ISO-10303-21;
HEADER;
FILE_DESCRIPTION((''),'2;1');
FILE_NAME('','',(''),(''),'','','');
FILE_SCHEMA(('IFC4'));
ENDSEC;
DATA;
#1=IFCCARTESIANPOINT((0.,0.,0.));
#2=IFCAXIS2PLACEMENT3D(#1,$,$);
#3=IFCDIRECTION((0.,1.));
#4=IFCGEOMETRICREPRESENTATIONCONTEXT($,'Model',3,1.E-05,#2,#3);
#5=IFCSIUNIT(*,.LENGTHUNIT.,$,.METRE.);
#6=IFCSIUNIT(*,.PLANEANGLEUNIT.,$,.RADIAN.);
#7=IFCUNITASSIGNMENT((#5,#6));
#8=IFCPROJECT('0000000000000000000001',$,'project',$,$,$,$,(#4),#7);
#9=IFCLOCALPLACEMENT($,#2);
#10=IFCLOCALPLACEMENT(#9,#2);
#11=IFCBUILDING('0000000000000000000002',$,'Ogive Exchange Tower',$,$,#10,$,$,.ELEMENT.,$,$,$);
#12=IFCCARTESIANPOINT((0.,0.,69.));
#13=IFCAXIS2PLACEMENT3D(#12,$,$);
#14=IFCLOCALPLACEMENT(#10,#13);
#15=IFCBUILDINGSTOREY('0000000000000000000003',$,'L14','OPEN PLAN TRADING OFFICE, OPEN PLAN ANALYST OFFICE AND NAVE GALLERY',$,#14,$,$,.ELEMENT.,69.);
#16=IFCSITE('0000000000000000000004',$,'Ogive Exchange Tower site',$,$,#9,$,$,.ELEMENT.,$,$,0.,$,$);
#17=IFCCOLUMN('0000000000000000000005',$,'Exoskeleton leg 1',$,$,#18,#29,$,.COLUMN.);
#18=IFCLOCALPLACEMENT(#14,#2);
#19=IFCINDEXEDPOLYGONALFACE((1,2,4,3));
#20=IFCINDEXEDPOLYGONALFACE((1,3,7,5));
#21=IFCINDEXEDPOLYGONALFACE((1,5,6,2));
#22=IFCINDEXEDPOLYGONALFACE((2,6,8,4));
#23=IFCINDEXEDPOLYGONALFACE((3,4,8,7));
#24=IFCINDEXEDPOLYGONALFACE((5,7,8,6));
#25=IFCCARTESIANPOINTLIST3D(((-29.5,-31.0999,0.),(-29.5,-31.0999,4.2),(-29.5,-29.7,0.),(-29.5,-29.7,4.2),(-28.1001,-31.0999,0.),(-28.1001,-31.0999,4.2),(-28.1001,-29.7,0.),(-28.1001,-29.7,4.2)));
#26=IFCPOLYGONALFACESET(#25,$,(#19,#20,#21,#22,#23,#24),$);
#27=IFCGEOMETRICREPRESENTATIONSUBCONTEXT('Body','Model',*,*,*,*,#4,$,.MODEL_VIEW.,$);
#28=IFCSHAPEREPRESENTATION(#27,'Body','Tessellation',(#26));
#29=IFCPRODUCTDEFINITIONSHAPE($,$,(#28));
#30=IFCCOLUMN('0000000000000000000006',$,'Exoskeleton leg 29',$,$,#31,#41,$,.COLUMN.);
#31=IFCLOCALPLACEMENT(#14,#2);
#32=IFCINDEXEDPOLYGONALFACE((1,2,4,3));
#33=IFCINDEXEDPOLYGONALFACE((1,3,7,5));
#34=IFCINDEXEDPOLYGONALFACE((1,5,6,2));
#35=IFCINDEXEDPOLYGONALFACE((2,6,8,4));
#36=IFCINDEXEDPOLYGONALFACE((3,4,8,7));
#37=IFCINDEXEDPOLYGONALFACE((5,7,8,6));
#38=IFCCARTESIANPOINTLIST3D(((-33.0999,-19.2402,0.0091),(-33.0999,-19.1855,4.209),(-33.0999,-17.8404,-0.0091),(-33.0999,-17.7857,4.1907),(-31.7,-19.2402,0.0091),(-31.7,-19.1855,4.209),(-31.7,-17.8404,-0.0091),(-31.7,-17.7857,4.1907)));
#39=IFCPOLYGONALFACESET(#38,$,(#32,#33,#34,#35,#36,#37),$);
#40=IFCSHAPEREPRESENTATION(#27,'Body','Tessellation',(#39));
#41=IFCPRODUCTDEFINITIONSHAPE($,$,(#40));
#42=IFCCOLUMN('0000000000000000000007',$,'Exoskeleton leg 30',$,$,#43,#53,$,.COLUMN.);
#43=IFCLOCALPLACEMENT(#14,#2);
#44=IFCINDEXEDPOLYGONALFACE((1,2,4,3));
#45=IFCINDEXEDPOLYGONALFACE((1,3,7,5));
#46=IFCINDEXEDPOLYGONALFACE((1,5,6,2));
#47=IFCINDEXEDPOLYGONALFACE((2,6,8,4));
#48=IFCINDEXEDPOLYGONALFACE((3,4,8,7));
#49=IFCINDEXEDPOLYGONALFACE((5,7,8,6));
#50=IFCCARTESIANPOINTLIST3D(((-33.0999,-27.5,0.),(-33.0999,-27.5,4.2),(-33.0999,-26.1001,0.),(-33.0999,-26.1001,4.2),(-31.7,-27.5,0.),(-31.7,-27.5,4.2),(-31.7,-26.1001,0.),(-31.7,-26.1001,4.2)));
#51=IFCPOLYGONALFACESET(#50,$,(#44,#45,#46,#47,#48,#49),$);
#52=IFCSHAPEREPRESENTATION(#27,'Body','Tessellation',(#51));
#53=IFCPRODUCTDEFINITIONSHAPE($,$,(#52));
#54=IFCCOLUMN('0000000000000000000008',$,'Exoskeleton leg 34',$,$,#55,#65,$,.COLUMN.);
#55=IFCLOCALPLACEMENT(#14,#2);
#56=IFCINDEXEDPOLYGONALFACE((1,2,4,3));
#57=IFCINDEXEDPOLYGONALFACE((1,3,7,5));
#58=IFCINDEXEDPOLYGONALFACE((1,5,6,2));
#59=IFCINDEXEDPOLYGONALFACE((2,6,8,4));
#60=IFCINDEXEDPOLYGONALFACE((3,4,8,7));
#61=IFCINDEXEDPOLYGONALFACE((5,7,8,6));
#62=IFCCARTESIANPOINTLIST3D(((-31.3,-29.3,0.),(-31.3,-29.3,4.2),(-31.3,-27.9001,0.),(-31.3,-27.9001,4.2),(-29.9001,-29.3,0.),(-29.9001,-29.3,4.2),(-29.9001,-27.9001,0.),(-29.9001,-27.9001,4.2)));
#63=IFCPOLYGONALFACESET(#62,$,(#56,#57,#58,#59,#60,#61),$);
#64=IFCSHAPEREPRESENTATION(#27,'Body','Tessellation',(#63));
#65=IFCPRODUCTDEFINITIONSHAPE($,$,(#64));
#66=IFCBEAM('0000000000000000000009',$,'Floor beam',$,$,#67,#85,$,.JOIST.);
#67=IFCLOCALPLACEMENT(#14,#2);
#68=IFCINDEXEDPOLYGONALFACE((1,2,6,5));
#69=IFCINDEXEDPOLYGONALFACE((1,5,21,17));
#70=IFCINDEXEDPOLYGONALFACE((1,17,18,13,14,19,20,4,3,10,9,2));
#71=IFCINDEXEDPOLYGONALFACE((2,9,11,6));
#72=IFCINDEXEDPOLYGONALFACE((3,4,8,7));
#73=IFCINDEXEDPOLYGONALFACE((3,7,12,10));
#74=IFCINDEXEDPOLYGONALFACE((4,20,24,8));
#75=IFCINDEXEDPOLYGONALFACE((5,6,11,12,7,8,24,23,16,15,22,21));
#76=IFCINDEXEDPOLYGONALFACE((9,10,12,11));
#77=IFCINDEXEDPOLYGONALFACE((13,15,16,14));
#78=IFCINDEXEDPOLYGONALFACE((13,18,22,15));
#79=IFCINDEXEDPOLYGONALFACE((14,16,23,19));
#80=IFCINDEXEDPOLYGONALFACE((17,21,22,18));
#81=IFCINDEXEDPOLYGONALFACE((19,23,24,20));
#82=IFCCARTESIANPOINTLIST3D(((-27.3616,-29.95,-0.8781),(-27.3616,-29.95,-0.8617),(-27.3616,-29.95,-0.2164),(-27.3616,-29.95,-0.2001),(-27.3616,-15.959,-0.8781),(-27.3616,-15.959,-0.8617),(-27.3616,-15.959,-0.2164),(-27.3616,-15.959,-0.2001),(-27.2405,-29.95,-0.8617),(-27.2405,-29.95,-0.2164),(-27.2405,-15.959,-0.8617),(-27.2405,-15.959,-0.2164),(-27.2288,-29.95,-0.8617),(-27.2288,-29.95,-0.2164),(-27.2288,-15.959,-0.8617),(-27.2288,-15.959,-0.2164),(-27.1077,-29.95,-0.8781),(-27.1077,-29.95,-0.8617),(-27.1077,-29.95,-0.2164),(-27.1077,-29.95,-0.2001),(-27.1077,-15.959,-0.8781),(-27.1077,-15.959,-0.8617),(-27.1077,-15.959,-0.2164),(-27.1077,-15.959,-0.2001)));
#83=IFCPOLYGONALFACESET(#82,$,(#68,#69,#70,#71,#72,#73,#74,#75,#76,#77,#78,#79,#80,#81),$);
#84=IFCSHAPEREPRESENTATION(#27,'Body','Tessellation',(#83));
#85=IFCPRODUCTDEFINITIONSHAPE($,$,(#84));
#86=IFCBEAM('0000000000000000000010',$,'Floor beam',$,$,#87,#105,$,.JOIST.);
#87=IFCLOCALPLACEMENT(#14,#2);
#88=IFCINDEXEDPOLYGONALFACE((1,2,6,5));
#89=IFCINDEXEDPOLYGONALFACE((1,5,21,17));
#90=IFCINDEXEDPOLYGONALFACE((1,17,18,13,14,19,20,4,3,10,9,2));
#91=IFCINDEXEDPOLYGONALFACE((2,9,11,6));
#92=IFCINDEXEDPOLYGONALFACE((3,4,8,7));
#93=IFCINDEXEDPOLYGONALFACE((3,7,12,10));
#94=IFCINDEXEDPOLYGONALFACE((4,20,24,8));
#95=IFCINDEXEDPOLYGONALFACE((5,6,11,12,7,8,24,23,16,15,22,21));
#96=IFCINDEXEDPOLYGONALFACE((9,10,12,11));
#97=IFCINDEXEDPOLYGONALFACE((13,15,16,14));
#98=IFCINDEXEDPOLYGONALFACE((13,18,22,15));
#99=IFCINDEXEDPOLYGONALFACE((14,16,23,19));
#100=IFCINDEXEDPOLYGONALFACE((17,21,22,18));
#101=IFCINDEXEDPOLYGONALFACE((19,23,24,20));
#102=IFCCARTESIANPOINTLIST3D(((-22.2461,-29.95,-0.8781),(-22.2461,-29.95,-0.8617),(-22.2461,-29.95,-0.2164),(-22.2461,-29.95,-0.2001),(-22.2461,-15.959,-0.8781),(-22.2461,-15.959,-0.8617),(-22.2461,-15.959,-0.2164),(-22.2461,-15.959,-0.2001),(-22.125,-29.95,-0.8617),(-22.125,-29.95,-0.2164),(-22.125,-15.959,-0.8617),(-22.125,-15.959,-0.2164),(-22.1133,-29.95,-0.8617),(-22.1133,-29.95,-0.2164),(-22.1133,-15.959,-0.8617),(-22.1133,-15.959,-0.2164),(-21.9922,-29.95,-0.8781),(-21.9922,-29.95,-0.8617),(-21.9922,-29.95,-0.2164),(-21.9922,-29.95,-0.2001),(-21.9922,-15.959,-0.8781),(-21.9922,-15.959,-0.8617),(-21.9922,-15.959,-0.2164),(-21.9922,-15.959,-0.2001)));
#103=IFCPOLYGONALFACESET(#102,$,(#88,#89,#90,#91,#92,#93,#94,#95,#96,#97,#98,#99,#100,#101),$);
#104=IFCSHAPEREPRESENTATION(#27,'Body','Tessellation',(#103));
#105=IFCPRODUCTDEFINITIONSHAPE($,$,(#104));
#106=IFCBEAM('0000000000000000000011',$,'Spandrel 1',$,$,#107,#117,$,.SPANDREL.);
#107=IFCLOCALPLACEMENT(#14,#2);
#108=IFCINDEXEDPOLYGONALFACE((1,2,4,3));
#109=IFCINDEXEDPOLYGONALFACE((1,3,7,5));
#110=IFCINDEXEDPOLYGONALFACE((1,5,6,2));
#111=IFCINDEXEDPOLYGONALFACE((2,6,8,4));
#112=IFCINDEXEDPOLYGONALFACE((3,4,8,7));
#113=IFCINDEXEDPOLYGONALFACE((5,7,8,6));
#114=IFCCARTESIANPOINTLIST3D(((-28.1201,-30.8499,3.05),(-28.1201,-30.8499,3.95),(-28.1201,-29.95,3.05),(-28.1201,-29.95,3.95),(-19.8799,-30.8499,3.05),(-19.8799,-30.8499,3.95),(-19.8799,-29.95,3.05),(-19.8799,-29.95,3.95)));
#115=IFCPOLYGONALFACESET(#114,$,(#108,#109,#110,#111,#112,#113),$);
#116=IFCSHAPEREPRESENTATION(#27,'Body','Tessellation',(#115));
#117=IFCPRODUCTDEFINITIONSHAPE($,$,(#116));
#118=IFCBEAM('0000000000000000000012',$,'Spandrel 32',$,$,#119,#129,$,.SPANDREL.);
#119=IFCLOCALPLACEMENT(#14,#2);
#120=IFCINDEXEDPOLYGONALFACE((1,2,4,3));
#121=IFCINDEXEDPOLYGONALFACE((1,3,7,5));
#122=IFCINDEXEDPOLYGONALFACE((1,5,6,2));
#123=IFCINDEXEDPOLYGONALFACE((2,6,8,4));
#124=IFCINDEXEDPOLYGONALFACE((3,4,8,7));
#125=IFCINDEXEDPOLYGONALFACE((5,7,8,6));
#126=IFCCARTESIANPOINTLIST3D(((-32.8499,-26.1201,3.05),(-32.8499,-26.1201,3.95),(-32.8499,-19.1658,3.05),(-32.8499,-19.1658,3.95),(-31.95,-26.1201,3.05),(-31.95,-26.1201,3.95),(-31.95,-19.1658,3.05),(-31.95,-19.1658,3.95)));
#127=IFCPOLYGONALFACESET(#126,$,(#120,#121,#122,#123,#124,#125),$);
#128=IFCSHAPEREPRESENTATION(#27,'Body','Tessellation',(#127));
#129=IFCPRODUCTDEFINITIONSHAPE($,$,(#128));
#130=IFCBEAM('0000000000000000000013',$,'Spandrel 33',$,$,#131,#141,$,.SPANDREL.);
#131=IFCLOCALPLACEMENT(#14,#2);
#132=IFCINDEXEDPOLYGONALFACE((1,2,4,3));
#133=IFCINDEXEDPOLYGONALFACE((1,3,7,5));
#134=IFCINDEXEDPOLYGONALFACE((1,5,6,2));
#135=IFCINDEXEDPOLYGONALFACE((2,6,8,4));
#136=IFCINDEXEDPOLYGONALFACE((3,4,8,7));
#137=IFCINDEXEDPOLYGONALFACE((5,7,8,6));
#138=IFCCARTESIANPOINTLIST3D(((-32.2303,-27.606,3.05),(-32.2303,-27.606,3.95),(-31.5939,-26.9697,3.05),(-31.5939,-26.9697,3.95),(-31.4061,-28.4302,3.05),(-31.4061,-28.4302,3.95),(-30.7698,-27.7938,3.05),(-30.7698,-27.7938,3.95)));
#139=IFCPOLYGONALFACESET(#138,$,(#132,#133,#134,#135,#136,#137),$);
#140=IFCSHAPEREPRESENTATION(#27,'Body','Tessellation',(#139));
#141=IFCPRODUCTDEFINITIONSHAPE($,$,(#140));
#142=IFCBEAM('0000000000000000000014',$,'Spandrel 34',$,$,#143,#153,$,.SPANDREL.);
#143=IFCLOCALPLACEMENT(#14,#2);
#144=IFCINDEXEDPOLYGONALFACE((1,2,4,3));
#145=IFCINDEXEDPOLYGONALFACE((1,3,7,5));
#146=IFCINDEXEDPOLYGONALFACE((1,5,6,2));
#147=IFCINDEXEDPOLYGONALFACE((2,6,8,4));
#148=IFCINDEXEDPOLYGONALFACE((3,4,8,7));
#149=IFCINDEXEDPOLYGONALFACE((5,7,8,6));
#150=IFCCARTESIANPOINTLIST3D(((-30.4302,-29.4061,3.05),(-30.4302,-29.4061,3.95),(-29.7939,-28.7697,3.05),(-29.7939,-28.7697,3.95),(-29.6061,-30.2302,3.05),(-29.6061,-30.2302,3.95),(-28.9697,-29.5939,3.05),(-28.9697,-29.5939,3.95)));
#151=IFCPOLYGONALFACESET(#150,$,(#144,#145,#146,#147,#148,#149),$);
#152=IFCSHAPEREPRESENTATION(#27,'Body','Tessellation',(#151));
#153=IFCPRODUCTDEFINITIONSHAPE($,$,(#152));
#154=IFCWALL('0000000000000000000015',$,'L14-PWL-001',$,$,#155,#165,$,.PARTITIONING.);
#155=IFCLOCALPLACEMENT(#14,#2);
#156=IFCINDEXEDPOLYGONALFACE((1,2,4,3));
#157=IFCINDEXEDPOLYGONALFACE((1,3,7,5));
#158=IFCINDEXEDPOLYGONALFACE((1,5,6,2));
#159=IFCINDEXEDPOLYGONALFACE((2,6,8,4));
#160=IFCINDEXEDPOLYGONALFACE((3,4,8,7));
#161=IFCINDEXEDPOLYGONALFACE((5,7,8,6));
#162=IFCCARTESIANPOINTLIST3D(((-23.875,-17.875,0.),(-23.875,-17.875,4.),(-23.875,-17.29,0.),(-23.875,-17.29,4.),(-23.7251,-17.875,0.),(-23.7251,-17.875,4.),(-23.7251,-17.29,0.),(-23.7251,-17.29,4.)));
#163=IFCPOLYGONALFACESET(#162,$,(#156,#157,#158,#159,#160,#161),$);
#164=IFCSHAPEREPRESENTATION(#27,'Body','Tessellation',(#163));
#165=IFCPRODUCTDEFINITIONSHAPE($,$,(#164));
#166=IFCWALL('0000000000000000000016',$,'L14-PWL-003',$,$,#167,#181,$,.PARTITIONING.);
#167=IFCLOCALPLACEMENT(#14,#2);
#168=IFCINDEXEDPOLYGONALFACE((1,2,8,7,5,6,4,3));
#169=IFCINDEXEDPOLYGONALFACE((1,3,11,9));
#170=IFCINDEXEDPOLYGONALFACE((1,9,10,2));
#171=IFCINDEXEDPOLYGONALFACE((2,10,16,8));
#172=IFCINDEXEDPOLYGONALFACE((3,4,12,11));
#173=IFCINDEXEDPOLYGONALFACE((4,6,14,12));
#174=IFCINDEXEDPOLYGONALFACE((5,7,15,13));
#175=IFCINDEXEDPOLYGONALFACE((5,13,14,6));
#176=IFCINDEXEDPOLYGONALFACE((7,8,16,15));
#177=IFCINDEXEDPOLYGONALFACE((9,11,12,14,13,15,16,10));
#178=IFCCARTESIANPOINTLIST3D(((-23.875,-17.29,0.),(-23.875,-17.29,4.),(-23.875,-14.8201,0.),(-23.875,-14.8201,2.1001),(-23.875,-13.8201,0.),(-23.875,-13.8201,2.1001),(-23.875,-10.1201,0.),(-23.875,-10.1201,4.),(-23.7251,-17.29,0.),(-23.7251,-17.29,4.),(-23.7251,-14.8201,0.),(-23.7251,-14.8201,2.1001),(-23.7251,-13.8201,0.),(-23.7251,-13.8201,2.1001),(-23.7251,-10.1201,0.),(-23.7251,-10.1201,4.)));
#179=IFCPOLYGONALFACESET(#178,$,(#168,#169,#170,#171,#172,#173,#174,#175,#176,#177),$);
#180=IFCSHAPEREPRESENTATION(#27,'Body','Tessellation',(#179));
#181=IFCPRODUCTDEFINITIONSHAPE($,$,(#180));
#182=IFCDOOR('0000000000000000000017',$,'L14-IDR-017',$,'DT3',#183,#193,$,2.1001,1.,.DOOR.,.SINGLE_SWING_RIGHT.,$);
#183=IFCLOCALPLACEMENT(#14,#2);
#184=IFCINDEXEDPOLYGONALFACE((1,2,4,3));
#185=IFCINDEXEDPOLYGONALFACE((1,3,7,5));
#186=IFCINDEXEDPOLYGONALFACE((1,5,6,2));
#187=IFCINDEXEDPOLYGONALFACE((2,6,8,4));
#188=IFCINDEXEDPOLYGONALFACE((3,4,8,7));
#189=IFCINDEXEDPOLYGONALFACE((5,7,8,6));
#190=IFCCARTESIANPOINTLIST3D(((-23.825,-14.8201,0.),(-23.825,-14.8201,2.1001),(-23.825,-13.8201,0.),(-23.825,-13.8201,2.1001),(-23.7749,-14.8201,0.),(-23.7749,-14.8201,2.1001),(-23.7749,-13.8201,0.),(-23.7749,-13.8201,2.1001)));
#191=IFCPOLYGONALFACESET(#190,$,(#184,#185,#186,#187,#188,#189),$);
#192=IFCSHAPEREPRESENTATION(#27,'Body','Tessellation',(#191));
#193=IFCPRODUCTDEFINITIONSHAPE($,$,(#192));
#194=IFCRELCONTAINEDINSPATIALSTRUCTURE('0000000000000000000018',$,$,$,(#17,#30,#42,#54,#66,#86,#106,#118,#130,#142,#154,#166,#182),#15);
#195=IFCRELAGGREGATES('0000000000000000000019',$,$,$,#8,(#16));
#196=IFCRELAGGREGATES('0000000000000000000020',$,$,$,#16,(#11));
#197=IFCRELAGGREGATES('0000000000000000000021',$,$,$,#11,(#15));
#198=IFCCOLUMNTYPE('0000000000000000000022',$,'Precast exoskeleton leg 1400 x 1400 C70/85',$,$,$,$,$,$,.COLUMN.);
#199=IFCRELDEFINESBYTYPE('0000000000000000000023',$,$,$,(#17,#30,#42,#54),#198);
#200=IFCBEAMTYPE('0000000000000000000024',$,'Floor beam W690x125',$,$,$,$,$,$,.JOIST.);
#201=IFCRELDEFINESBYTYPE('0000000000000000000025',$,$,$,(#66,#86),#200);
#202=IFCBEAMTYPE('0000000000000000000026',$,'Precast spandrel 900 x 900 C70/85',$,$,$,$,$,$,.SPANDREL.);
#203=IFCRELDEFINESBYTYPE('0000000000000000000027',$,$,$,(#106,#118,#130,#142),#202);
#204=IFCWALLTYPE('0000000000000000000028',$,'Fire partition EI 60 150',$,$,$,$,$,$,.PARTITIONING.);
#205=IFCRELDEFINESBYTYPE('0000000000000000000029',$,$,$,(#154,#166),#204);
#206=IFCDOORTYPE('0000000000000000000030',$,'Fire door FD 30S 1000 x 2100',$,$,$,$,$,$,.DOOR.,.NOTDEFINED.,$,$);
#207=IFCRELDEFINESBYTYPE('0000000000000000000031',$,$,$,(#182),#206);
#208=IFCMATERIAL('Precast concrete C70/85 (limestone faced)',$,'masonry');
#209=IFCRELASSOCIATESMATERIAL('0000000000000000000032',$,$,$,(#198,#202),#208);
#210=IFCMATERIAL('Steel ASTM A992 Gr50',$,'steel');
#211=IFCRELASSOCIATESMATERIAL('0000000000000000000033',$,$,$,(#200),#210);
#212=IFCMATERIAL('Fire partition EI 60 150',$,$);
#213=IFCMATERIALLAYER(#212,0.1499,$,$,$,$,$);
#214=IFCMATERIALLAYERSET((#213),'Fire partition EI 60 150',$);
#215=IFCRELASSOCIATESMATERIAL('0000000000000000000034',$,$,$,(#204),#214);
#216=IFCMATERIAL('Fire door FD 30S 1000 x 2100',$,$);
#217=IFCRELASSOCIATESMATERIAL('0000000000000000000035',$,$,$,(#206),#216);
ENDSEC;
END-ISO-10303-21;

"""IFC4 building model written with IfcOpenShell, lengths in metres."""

from ifc_helpers import new_model, si_unit, direction, frame, frame_2d, origin, origin_2d, place, context, subcontext, project, spatial, rectangle, i_section, extrude, material, layer, layer_set, material_profile, profile_set, type_object, element, fill, save


model = new_model("IFC4")

# Units and contexts
model_context = context("Model", 3, precision=1e-05, world=origin(), true_north=direction((0.0, 1.0)))
body_context = subcontext(model_context, "Body", "Model", "MODEL_VIEW")
ifc_project = project(units=[si_unit("LENGTHUNIT", "METRE"), si_unit("PLANEANGLEUNIT", "RADIAN")], contexts=[model_context])

# Site, building, storey
site_placement = place(None, origin())
site = spatial("IfcSite", under=ifc_project, at=site_placement, Name="Ogive Exchange Tower site", CompositionType="ELEMENT", RefElevation=0.0)
building_placement = place(site_placement, origin())
building = spatial("IfcBuilding", under=site, at=building_placement, Name="Ogive Exchange Tower", CompositionType="ELEMENT")
storey_placement = place(building_placement, frame((0.0, 0.0, 69.0)))
storey = spatial("IfcBuildingStorey", under=building, at=storey_placement, Name="L14", Description="OPEN PLAN TRADING OFFICE, OPEN PLAN ANALYST OFFICE AND NAVE GALLERY", CompositionType="ELEMENT", Elevation=69.0)

# Columns
ifc_material_1 = material(Name="Precast concrete C70/85 (limestone faced)", Category="masonry")
ifc_material_profile_1 = material_profile(ifc_material_1, rectangle(XDim=1.3999, YDim=1.3999, at=origin_2d()), Name="1400 x 1400")
ifc_profile_set_1 = profile_set([ifc_material_profile_1], Name="Precast concrete C70/85 (limestone faced)")
column_type = type_object("IfcColumnType", Name="Precast exoskeleton leg 1400 x 1400 C70/85", PredefinedType="COLUMN", material=ifc_profile_set_1)
column_1_placement = place(storey_placement, frame((-28.8, -30.3999, 0.0), z_axis=(0.0, 0.0, 1.0), x_axis=(1.0, 0.0, 0.0)))
element("IfcColumn", 1, at=column_1_placement, inside=storey, type_object=column_type, Name="Exoskeleton leg 1", PredefinedType="COLUMN", context=body_context, shape_type="SweptSolid", body=[
    extrude(rectangle(XDim=1.3999, YDim=1.3999, at=origin_2d()), origin(), (0.0, 0.0, 1.0), 4.2),
])
column_2_placement = place(storey_placement, frame((-32.3999, -18.5403, 0.0), z_axis=(0.0, 0.01302, 0.999915), x_axis=(-1.0, 0.0, 0.0)))
element("IfcColumn", 2, at=column_2_placement, inside=storey, type_object=column_type, Name="Exoskeleton leg 29", PredefinedType="COLUMN", context=body_context, shape_type="SweptSolid", body=[
    extrude(rectangle(XDim=1.3999, YDim=1.3999, at=origin_2d()), origin(), (0.0, 0.0, 1.0), 4.2002),
])
for number, where, z_axis, x_axis, name in (
    (3, (-32.3999, -26.8, 0.0), (0.0, 0.0, 1.0), (1.0, 0.0, 0.0), "Exoskeleton leg 30"),
    (4, (-30.6001, -28.6001, 0.0), (0.0, 0.0, 1.0), (1.0, 0.0, 0.0), "Exoskeleton leg 34"),
):
    element("IfcColumn", number, at=place(storey_placement, frame(where, z_axis=z_axis, x_axis=x_axis)), inside=storey, type_object=column_type, Name=name, PredefinedType="COLUMN", context=body_context, shape_type="SweptSolid", body=[
        extrude(rectangle(XDim=1.3999, YDim=1.3999, at=origin_2d()), origin(), (0.0, 0.0, 1.0), 4.2),
    ])

# Beams
ifc_material_2 = material(Name="Steel ASTM A992 Gr50", Category="steel")
ifc_material_profile_2 = material_profile(ifc_material_2, i_section(OverallWidth=0.2539, OverallDepth=0.678, WebThickness=0.0117, FlangeThickness=0.0164, at=origin_2d()), Name="W690x125")
ifc_profile_set_2 = profile_set([ifc_material_profile_2], Name="Steel ASTM A992 Gr50")
beam_type_1 = type_object("IfcBeamType", Name="Floor beam W690x125", PredefinedType="JOIST", material=ifc_profile_set_2)
for number, where, z_axis, x_axis, name in (
    (5, (-27.2346, -29.95, -0.5391), (0.0, 1.0, 0.0), (-1.0, 0.0, 0.0), "Floor beam"),
    (6, (-22.1191, -29.95, -0.5391), (0.0, 1.0, 0.0), (-1.0, 0.0, 0.0), "Floor beam"),
):
    element("IfcBeam", number, at=place(storey_placement, frame(where, z_axis=z_axis, x_axis=x_axis)), inside=storey, type_object=beam_type_1, Name=name, PredefinedType="JOIST", context=body_context, shape_type="SweptSolid", body=[
        extrude(i_section(OverallWidth=0.2539, OverallDepth=0.678, WebThickness=0.0117, FlangeThickness=0.0164, at=origin_2d()), origin(), (0.0, 0.0, 1.0), 13.991),
    ])
ifc_material_profile_3 = material_profile(ifc_material_1, rectangle(XDim=0.8999, YDim=0.8999, at=origin_2d()), Name="900 x 900")
ifc_profile_set_3 = profile_set([ifc_material_profile_3], Name="Precast concrete C70/85 (limestone faced)")
beam_type_2 = type_object("IfcBeamType", Name="Precast spandrel 900 x 900 C70/85", PredefinedType="SPANDREL", material=ifc_profile_set_3)
beam_1_placement = place(storey_placement, frame((-28.1201, -30.3999, 3.5), z_axis=(1.0, 0.0, 0.0), x_axis=(0.0, 1.0, 0.0)))
element("IfcBeam", 7, at=beam_1_placement, inside=storey, type_object=beam_type_2, Name="Spandrel 1", PredefinedType="SPANDREL", context=body_context, shape_type="SweptSolid", body=[
    extrude(rectangle(XDim=0.8999, YDim=0.8999, at=origin_2d()), origin(), (0.0, 0.0, 1.0), 8.2402),
])
beam_2_placement = place(storey_placement, frame((-32.3999, -19.1658, 3.5), z_axis=(0.0, -1.0, 0.0), x_axis=(1.0, 0.0, 0.0)))
element("IfcBeam", 8, at=beam_2_placement, inside=storey, type_object=beam_type_2, Name="Spandrel 32", PredefinedType="SPANDREL", context=body_context, shape_type="SweptSolid", body=[
    extrude(rectangle(XDim=0.8999, YDim=0.8999, at=origin_2d()), origin(), (0.0, 0.0, 1.0), 6.9543),
])
for number, where, z_axis, x_axis, name in (
    (9, (-31.9121, -27.2878, 3.5), (0.707107, -0.707107, 0.0), (0.707107, 0.707107, 0.0), "Spandrel 33"),
    (10, (-30.1121, -29.0879, 3.5), (0.707107, -0.707107, 0.0), (0.707107, 0.707107, 0.0), "Spandrel 34"),
):
    element("IfcBeam", number, at=place(storey_placement, frame(where, z_axis=z_axis, x_axis=x_axis)), inside=storey, type_object=beam_type_2, Name=name, PredefinedType="SPANDREL", context=body_context, shape_type="SweptSolid", body=[
        extrude(rectangle(XDim=0.8999, YDim=0.8999, at=origin_2d()), origin(), (0.0, 0.0, 1.0), 1.1655),
    ])

# Wall
ifc_material_3 = material(Name="Fire partition EI 60 150")
ifc_layer_1 = layer(ifc_material_3, 0.1499)
ifc_layer_set_1 = layer_set([ifc_layer_1], Name="Fire partition EI 60 150")
wall_type_1 = type_object("IfcWallType", Name="Fire partition EI 60 150", PredefinedType="PARTITIONING", material=ifc_layer_set_1)
wall_1_placement = place(storey_placement, frame((-23.8, -17.875, 0.0), z_axis=(0.0, 0.0, 1.0), x_axis=(0.0, 1.0, 0.0)))
element("IfcWall", 11, at=wall_1_placement, inside=storey, type_object=wall_type_1, Name="L14-PWL-001", PredefinedType="PARTITIONING", context=body_context, shape_type="SweptSolid", body=[
    extrude(rectangle(XDim=0.585, YDim=0.1499, at=frame_2d((0.2925, 0.0))), origin(), (0.0, 0.0, 1.0), 4.0),
])

# Wall, opening, door
wall_2_placement = place(storey_placement, frame((-23.8, -17.29, 0.0), z_axis=(0.0, 0.0, 1.0), x_axis=(0.0, 1.0, 0.0)))
wall_2 = element("IfcWall", 12, at=wall_2_placement, inside=storey, type_object=wall_type_1, Name="L14-PWL-003", PredefinedType="PARTITIONING", context=body_context, shape_type="SweptSolid", body=[
    extrude(rectangle(XDim=7.1699, YDim=0.1499, at=frame_2d((3.585, 0.0))), origin(), (0.0, 0.0, 1.0), 4.0),
])
opening_1_placement = place(wall_2_placement, frame((2.47, 0.0, 0.0)))
opening_1 = element("IfcOpeningElement", 13, at=opening_1_placement, cuts=wall_2, PredefinedType="OPENING", context=body_context, shape_type="SweptSolid", body=[
    extrude(rectangle(XDim=1.0, YDim=2.1001, at=frame_2d((0.5, 1.05))), frame((0.0, 0.085, 0.0), z_axis=(0.0, -1.0, 0.0), x_axis=(1.0, 0.0, 0.0)), (0.0, 0.0, 1.0), 0.1699),
])
ifc_material_4 = material(Name="Fire door FD 30S 1000 x 2100")
door_type_1 = type_object("IfcDoorType", Name="Fire door FD 30S 1000 x 2100", OperationType="NOTDEFINED", PredefinedType="DOOR", material=ifc_material_4)
door_1_placement = place(opening_1_placement, origin())
door_1 = element("IfcDoor", 14, at=door_1_placement, inside=storey, type_object=door_type_1, Name="L14-IDR-017", ObjectType="DT3", OperationType="SINGLE_SWING_RIGHT", OverallHeight=2.1001, OverallWidth=1.0, PredefinedType="DOOR", context=body_context, shape_type="SweptSolid", body=[
    extrude(rectangle(XDim=1.0, YDim=2.1001, at=frame_2d((0.5, 1.05))), frame((0.0, 0.0249, 0.0), z_axis=(0.0, -1.0, 0.0), x_axis=(1.0, 0.0, 0.0)), (0.0, 0.0, 1.0), 0.05),
])
fill(opening_1, door_1)

save(model, "model.ifc")
